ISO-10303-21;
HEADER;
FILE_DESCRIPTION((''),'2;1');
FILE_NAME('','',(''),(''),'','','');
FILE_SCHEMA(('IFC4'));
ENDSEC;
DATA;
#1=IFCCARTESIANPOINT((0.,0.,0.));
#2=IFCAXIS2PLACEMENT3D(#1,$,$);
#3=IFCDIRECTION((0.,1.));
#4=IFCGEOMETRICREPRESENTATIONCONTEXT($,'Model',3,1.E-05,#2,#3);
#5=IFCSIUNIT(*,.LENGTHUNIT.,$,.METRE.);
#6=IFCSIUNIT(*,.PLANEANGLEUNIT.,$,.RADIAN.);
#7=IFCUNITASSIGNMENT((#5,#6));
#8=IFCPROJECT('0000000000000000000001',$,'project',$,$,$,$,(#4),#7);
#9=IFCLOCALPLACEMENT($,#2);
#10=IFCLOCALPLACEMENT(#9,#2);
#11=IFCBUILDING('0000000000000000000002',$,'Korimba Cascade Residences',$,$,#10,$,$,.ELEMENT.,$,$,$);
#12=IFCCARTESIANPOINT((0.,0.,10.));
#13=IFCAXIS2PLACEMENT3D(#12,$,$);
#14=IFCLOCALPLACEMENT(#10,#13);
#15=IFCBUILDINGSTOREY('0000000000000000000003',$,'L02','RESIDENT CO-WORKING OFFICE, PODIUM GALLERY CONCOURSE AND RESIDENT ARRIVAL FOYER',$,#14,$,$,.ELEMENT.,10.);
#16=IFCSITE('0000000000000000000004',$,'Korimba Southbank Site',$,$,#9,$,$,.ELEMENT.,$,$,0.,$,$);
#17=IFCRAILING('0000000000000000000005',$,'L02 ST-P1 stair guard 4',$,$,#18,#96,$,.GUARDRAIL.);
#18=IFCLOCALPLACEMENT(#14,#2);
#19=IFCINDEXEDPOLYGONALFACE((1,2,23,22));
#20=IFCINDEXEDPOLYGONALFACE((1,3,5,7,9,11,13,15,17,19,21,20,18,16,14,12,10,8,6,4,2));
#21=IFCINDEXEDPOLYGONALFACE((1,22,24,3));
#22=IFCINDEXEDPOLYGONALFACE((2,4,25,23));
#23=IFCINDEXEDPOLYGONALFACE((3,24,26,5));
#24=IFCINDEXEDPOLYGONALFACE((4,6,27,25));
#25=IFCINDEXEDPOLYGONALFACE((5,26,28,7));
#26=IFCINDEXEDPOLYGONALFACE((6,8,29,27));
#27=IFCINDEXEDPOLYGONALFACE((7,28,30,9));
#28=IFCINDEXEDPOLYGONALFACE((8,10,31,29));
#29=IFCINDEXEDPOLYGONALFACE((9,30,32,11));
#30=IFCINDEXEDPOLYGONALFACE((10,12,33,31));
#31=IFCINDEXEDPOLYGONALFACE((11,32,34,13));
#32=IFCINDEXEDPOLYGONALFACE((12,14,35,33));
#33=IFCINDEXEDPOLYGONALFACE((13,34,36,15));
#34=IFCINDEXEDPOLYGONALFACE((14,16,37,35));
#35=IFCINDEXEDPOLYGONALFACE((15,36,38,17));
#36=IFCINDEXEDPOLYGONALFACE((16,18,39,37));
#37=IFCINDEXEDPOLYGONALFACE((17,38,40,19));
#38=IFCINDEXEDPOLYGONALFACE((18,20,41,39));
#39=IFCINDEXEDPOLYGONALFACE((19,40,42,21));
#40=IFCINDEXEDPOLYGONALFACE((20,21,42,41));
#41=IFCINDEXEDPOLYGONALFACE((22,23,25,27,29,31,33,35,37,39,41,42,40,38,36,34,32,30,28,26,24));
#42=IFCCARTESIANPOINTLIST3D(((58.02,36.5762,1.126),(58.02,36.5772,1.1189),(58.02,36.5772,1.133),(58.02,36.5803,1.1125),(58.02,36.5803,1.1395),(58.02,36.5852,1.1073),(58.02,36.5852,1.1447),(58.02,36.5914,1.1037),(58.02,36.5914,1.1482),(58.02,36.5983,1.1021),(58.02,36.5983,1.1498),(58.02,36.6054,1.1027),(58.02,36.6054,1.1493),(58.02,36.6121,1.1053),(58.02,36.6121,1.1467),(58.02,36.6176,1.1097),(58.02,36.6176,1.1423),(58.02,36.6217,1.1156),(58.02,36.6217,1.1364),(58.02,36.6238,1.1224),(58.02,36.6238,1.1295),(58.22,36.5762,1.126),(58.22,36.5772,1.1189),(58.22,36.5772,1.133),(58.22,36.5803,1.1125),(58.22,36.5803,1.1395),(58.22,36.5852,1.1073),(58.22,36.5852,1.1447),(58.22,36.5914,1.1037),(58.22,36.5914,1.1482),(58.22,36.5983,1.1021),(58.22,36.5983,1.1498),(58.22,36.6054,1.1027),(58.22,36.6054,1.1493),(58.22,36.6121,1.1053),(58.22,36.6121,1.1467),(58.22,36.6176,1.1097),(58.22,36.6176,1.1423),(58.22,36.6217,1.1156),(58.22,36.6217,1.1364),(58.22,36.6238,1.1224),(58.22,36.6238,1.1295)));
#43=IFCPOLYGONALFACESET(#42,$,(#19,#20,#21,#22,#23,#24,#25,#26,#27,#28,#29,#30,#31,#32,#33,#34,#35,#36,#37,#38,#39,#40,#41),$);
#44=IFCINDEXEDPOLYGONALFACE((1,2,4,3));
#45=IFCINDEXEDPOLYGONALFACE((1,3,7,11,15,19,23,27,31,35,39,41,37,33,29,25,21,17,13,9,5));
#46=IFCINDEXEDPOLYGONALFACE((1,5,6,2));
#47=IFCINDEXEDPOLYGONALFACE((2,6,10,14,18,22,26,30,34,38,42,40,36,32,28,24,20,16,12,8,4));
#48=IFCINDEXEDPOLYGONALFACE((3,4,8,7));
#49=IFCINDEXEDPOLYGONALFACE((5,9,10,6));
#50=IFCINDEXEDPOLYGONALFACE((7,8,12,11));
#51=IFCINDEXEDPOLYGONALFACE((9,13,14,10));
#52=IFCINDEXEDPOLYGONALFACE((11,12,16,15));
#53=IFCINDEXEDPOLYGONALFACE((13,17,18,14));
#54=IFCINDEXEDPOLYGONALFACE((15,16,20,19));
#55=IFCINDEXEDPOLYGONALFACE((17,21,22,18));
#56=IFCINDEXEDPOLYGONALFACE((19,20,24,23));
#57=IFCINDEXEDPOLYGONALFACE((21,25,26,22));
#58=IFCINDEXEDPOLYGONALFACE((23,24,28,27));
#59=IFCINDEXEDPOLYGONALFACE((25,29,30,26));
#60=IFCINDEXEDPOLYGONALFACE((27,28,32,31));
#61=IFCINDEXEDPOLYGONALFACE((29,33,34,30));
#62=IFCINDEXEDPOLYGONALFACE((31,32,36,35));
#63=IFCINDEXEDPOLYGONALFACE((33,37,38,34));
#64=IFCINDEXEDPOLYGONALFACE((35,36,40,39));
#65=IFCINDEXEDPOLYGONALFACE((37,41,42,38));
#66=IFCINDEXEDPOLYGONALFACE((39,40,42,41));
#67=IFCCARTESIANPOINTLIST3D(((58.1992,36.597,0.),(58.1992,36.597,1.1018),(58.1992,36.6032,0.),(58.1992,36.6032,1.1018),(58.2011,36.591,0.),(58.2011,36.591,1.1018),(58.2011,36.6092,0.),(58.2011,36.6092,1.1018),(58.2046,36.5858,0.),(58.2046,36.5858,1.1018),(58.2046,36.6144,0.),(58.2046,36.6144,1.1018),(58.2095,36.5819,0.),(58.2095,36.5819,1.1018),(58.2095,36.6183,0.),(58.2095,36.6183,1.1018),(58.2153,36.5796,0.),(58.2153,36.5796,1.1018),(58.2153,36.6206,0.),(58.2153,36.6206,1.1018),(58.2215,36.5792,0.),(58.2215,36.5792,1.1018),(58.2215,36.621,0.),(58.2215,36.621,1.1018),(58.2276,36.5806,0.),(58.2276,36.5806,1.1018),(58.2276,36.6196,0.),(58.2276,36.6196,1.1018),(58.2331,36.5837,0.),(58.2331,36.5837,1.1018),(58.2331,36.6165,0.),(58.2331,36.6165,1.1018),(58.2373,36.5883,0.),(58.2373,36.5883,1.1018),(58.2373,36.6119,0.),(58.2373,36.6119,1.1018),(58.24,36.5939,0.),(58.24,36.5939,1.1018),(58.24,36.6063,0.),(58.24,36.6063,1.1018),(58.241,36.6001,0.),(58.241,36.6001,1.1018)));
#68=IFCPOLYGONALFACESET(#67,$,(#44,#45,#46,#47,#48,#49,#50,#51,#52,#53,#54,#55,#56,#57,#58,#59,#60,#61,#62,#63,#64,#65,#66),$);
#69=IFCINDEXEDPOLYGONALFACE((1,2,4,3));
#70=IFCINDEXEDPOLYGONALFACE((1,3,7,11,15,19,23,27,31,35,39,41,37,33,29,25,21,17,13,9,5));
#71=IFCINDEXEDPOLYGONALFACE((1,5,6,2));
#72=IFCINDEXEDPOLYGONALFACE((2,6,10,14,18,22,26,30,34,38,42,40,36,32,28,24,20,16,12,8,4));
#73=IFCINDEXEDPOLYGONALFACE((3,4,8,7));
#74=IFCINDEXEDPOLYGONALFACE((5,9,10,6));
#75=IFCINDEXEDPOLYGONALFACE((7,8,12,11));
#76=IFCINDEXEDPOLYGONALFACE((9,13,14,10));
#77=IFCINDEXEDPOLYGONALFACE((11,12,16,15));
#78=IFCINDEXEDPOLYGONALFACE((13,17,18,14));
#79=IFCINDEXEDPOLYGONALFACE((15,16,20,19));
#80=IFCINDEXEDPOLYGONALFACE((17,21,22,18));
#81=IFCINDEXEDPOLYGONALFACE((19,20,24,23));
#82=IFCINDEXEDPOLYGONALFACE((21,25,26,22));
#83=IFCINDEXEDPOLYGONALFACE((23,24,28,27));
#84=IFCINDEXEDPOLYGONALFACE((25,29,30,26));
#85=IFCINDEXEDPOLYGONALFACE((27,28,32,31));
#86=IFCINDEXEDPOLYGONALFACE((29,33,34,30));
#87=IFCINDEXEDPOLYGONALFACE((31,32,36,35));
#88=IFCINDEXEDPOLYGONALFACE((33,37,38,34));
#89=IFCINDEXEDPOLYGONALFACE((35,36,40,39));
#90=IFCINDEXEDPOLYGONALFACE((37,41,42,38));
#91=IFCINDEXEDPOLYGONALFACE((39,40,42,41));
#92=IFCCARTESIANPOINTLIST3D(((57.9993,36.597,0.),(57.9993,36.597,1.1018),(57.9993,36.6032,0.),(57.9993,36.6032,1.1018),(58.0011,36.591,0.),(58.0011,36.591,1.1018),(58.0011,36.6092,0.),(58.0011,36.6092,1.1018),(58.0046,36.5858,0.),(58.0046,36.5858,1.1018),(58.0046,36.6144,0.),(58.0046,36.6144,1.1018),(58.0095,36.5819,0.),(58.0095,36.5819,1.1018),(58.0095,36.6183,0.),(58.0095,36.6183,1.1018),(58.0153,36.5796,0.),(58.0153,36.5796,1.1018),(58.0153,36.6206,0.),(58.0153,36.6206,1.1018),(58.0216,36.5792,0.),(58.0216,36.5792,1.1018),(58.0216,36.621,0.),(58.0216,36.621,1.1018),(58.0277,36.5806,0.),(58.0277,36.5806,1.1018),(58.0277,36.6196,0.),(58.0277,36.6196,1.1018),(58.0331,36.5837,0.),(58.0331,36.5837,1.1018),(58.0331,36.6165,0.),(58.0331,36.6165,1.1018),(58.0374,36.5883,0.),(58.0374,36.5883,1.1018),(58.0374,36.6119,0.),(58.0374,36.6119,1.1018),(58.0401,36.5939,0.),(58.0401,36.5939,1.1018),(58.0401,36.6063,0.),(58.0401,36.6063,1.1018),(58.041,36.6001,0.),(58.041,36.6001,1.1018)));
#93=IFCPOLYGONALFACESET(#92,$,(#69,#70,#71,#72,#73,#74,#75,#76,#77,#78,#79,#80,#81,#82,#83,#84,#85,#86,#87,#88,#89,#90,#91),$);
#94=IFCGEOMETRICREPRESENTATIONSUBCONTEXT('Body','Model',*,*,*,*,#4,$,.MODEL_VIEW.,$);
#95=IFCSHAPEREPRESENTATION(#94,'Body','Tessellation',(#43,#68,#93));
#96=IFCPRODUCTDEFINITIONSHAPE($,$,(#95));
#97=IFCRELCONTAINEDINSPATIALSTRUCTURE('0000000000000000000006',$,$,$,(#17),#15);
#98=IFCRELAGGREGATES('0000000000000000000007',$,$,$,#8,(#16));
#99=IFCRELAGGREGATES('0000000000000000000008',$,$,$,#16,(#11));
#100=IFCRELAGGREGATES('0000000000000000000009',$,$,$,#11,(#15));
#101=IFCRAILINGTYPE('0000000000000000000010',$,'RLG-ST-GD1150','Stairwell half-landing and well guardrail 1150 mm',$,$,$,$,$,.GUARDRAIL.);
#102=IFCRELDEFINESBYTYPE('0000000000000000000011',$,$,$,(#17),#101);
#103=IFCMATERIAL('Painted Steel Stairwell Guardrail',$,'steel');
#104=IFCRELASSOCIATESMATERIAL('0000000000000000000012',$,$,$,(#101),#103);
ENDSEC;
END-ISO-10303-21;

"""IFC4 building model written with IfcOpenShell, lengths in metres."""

from ifc_helpers import new_model, si_unit, direction, frame, origin, origin_2d, place, context, subcontext, project, spatial, circle, extrude, material, type_object, element, save


model = new_model("IFC4")

# Units and contexts
model_context = context("Model", 3, precision=1e-05, world=origin(), true_north=direction((0.0, 1.0)))
body_context = subcontext(model_context, "Body", "Model", "MODEL_VIEW")
ifc_project = project(units=[si_unit("LENGTHUNIT", "METRE"), si_unit("PLANEANGLEUNIT", "RADIAN")], contexts=[model_context])

# Site, building, storey
site_placement = place(None, origin())
site = spatial("IfcSite", under=ifc_project, at=site_placement, Name="Korimba Southbank Site", CompositionType="ELEMENT", RefElevation=0.0)
building_placement = place(site_placement, origin())
building = spatial("IfcBuilding", under=site, at=building_placement, Name="Korimba Cascade Residences", CompositionType="ELEMENT")
storey_placement = place(building_placement, frame((0.0, 0.0, 10.0)))
storey = spatial("IfcBuildingStorey", under=building, at=storey_placement, Name="L02", Description="RESIDENT CO-WORKING OFFICE, PODIUM GALLERY CONCOURSE AND RESIDENT ARRIVAL FOYER", CompositionType="ELEMENT", Elevation=10.0)

# Railing
ifc_material_1 = material(Name="Painted Steel Stairwell Guardrail", Category="steel")
railing_type_1 = type_object("IfcRailingType", Name="RLG-ST-GD1150", Description="Stairwell half-landing and well guardrail 1150 mm", PredefinedType="GUARDRAIL", material=ifc_material_1)
railing_1_placement = place(storey_placement, frame((58.22, 36.6001, 0.0)))
element("IfcRailing", 1, at=railing_1_placement, inside=storey, type_object=railing_type_1, Name="L02 ST-P1 stair guard 4", PredefinedType="GUARDRAIL", context=body_context, shape_type="SweptSolid", body=[
    extrude(circle(Radius=0.0239, at=origin_2d()), frame((0.0, 0.0, 1.126), z_axis=(-1.0, 0.0, 0.0), x_axis=(0.0, -1.0, 0.0)), (0.0, 0.0, 1.0), 0.2),
    extrude(circle(Radius=0.021, at=origin_2d()), origin(), (0.0, 0.0, 1.0), 1.1018),
    extrude(circle(Radius=0.021, at=origin_2d()), frame((-0.2, 0.0, 0.0)), (0.0, 0.0, 1.0), 1.1018),
])

save(model, "model.ifc")
